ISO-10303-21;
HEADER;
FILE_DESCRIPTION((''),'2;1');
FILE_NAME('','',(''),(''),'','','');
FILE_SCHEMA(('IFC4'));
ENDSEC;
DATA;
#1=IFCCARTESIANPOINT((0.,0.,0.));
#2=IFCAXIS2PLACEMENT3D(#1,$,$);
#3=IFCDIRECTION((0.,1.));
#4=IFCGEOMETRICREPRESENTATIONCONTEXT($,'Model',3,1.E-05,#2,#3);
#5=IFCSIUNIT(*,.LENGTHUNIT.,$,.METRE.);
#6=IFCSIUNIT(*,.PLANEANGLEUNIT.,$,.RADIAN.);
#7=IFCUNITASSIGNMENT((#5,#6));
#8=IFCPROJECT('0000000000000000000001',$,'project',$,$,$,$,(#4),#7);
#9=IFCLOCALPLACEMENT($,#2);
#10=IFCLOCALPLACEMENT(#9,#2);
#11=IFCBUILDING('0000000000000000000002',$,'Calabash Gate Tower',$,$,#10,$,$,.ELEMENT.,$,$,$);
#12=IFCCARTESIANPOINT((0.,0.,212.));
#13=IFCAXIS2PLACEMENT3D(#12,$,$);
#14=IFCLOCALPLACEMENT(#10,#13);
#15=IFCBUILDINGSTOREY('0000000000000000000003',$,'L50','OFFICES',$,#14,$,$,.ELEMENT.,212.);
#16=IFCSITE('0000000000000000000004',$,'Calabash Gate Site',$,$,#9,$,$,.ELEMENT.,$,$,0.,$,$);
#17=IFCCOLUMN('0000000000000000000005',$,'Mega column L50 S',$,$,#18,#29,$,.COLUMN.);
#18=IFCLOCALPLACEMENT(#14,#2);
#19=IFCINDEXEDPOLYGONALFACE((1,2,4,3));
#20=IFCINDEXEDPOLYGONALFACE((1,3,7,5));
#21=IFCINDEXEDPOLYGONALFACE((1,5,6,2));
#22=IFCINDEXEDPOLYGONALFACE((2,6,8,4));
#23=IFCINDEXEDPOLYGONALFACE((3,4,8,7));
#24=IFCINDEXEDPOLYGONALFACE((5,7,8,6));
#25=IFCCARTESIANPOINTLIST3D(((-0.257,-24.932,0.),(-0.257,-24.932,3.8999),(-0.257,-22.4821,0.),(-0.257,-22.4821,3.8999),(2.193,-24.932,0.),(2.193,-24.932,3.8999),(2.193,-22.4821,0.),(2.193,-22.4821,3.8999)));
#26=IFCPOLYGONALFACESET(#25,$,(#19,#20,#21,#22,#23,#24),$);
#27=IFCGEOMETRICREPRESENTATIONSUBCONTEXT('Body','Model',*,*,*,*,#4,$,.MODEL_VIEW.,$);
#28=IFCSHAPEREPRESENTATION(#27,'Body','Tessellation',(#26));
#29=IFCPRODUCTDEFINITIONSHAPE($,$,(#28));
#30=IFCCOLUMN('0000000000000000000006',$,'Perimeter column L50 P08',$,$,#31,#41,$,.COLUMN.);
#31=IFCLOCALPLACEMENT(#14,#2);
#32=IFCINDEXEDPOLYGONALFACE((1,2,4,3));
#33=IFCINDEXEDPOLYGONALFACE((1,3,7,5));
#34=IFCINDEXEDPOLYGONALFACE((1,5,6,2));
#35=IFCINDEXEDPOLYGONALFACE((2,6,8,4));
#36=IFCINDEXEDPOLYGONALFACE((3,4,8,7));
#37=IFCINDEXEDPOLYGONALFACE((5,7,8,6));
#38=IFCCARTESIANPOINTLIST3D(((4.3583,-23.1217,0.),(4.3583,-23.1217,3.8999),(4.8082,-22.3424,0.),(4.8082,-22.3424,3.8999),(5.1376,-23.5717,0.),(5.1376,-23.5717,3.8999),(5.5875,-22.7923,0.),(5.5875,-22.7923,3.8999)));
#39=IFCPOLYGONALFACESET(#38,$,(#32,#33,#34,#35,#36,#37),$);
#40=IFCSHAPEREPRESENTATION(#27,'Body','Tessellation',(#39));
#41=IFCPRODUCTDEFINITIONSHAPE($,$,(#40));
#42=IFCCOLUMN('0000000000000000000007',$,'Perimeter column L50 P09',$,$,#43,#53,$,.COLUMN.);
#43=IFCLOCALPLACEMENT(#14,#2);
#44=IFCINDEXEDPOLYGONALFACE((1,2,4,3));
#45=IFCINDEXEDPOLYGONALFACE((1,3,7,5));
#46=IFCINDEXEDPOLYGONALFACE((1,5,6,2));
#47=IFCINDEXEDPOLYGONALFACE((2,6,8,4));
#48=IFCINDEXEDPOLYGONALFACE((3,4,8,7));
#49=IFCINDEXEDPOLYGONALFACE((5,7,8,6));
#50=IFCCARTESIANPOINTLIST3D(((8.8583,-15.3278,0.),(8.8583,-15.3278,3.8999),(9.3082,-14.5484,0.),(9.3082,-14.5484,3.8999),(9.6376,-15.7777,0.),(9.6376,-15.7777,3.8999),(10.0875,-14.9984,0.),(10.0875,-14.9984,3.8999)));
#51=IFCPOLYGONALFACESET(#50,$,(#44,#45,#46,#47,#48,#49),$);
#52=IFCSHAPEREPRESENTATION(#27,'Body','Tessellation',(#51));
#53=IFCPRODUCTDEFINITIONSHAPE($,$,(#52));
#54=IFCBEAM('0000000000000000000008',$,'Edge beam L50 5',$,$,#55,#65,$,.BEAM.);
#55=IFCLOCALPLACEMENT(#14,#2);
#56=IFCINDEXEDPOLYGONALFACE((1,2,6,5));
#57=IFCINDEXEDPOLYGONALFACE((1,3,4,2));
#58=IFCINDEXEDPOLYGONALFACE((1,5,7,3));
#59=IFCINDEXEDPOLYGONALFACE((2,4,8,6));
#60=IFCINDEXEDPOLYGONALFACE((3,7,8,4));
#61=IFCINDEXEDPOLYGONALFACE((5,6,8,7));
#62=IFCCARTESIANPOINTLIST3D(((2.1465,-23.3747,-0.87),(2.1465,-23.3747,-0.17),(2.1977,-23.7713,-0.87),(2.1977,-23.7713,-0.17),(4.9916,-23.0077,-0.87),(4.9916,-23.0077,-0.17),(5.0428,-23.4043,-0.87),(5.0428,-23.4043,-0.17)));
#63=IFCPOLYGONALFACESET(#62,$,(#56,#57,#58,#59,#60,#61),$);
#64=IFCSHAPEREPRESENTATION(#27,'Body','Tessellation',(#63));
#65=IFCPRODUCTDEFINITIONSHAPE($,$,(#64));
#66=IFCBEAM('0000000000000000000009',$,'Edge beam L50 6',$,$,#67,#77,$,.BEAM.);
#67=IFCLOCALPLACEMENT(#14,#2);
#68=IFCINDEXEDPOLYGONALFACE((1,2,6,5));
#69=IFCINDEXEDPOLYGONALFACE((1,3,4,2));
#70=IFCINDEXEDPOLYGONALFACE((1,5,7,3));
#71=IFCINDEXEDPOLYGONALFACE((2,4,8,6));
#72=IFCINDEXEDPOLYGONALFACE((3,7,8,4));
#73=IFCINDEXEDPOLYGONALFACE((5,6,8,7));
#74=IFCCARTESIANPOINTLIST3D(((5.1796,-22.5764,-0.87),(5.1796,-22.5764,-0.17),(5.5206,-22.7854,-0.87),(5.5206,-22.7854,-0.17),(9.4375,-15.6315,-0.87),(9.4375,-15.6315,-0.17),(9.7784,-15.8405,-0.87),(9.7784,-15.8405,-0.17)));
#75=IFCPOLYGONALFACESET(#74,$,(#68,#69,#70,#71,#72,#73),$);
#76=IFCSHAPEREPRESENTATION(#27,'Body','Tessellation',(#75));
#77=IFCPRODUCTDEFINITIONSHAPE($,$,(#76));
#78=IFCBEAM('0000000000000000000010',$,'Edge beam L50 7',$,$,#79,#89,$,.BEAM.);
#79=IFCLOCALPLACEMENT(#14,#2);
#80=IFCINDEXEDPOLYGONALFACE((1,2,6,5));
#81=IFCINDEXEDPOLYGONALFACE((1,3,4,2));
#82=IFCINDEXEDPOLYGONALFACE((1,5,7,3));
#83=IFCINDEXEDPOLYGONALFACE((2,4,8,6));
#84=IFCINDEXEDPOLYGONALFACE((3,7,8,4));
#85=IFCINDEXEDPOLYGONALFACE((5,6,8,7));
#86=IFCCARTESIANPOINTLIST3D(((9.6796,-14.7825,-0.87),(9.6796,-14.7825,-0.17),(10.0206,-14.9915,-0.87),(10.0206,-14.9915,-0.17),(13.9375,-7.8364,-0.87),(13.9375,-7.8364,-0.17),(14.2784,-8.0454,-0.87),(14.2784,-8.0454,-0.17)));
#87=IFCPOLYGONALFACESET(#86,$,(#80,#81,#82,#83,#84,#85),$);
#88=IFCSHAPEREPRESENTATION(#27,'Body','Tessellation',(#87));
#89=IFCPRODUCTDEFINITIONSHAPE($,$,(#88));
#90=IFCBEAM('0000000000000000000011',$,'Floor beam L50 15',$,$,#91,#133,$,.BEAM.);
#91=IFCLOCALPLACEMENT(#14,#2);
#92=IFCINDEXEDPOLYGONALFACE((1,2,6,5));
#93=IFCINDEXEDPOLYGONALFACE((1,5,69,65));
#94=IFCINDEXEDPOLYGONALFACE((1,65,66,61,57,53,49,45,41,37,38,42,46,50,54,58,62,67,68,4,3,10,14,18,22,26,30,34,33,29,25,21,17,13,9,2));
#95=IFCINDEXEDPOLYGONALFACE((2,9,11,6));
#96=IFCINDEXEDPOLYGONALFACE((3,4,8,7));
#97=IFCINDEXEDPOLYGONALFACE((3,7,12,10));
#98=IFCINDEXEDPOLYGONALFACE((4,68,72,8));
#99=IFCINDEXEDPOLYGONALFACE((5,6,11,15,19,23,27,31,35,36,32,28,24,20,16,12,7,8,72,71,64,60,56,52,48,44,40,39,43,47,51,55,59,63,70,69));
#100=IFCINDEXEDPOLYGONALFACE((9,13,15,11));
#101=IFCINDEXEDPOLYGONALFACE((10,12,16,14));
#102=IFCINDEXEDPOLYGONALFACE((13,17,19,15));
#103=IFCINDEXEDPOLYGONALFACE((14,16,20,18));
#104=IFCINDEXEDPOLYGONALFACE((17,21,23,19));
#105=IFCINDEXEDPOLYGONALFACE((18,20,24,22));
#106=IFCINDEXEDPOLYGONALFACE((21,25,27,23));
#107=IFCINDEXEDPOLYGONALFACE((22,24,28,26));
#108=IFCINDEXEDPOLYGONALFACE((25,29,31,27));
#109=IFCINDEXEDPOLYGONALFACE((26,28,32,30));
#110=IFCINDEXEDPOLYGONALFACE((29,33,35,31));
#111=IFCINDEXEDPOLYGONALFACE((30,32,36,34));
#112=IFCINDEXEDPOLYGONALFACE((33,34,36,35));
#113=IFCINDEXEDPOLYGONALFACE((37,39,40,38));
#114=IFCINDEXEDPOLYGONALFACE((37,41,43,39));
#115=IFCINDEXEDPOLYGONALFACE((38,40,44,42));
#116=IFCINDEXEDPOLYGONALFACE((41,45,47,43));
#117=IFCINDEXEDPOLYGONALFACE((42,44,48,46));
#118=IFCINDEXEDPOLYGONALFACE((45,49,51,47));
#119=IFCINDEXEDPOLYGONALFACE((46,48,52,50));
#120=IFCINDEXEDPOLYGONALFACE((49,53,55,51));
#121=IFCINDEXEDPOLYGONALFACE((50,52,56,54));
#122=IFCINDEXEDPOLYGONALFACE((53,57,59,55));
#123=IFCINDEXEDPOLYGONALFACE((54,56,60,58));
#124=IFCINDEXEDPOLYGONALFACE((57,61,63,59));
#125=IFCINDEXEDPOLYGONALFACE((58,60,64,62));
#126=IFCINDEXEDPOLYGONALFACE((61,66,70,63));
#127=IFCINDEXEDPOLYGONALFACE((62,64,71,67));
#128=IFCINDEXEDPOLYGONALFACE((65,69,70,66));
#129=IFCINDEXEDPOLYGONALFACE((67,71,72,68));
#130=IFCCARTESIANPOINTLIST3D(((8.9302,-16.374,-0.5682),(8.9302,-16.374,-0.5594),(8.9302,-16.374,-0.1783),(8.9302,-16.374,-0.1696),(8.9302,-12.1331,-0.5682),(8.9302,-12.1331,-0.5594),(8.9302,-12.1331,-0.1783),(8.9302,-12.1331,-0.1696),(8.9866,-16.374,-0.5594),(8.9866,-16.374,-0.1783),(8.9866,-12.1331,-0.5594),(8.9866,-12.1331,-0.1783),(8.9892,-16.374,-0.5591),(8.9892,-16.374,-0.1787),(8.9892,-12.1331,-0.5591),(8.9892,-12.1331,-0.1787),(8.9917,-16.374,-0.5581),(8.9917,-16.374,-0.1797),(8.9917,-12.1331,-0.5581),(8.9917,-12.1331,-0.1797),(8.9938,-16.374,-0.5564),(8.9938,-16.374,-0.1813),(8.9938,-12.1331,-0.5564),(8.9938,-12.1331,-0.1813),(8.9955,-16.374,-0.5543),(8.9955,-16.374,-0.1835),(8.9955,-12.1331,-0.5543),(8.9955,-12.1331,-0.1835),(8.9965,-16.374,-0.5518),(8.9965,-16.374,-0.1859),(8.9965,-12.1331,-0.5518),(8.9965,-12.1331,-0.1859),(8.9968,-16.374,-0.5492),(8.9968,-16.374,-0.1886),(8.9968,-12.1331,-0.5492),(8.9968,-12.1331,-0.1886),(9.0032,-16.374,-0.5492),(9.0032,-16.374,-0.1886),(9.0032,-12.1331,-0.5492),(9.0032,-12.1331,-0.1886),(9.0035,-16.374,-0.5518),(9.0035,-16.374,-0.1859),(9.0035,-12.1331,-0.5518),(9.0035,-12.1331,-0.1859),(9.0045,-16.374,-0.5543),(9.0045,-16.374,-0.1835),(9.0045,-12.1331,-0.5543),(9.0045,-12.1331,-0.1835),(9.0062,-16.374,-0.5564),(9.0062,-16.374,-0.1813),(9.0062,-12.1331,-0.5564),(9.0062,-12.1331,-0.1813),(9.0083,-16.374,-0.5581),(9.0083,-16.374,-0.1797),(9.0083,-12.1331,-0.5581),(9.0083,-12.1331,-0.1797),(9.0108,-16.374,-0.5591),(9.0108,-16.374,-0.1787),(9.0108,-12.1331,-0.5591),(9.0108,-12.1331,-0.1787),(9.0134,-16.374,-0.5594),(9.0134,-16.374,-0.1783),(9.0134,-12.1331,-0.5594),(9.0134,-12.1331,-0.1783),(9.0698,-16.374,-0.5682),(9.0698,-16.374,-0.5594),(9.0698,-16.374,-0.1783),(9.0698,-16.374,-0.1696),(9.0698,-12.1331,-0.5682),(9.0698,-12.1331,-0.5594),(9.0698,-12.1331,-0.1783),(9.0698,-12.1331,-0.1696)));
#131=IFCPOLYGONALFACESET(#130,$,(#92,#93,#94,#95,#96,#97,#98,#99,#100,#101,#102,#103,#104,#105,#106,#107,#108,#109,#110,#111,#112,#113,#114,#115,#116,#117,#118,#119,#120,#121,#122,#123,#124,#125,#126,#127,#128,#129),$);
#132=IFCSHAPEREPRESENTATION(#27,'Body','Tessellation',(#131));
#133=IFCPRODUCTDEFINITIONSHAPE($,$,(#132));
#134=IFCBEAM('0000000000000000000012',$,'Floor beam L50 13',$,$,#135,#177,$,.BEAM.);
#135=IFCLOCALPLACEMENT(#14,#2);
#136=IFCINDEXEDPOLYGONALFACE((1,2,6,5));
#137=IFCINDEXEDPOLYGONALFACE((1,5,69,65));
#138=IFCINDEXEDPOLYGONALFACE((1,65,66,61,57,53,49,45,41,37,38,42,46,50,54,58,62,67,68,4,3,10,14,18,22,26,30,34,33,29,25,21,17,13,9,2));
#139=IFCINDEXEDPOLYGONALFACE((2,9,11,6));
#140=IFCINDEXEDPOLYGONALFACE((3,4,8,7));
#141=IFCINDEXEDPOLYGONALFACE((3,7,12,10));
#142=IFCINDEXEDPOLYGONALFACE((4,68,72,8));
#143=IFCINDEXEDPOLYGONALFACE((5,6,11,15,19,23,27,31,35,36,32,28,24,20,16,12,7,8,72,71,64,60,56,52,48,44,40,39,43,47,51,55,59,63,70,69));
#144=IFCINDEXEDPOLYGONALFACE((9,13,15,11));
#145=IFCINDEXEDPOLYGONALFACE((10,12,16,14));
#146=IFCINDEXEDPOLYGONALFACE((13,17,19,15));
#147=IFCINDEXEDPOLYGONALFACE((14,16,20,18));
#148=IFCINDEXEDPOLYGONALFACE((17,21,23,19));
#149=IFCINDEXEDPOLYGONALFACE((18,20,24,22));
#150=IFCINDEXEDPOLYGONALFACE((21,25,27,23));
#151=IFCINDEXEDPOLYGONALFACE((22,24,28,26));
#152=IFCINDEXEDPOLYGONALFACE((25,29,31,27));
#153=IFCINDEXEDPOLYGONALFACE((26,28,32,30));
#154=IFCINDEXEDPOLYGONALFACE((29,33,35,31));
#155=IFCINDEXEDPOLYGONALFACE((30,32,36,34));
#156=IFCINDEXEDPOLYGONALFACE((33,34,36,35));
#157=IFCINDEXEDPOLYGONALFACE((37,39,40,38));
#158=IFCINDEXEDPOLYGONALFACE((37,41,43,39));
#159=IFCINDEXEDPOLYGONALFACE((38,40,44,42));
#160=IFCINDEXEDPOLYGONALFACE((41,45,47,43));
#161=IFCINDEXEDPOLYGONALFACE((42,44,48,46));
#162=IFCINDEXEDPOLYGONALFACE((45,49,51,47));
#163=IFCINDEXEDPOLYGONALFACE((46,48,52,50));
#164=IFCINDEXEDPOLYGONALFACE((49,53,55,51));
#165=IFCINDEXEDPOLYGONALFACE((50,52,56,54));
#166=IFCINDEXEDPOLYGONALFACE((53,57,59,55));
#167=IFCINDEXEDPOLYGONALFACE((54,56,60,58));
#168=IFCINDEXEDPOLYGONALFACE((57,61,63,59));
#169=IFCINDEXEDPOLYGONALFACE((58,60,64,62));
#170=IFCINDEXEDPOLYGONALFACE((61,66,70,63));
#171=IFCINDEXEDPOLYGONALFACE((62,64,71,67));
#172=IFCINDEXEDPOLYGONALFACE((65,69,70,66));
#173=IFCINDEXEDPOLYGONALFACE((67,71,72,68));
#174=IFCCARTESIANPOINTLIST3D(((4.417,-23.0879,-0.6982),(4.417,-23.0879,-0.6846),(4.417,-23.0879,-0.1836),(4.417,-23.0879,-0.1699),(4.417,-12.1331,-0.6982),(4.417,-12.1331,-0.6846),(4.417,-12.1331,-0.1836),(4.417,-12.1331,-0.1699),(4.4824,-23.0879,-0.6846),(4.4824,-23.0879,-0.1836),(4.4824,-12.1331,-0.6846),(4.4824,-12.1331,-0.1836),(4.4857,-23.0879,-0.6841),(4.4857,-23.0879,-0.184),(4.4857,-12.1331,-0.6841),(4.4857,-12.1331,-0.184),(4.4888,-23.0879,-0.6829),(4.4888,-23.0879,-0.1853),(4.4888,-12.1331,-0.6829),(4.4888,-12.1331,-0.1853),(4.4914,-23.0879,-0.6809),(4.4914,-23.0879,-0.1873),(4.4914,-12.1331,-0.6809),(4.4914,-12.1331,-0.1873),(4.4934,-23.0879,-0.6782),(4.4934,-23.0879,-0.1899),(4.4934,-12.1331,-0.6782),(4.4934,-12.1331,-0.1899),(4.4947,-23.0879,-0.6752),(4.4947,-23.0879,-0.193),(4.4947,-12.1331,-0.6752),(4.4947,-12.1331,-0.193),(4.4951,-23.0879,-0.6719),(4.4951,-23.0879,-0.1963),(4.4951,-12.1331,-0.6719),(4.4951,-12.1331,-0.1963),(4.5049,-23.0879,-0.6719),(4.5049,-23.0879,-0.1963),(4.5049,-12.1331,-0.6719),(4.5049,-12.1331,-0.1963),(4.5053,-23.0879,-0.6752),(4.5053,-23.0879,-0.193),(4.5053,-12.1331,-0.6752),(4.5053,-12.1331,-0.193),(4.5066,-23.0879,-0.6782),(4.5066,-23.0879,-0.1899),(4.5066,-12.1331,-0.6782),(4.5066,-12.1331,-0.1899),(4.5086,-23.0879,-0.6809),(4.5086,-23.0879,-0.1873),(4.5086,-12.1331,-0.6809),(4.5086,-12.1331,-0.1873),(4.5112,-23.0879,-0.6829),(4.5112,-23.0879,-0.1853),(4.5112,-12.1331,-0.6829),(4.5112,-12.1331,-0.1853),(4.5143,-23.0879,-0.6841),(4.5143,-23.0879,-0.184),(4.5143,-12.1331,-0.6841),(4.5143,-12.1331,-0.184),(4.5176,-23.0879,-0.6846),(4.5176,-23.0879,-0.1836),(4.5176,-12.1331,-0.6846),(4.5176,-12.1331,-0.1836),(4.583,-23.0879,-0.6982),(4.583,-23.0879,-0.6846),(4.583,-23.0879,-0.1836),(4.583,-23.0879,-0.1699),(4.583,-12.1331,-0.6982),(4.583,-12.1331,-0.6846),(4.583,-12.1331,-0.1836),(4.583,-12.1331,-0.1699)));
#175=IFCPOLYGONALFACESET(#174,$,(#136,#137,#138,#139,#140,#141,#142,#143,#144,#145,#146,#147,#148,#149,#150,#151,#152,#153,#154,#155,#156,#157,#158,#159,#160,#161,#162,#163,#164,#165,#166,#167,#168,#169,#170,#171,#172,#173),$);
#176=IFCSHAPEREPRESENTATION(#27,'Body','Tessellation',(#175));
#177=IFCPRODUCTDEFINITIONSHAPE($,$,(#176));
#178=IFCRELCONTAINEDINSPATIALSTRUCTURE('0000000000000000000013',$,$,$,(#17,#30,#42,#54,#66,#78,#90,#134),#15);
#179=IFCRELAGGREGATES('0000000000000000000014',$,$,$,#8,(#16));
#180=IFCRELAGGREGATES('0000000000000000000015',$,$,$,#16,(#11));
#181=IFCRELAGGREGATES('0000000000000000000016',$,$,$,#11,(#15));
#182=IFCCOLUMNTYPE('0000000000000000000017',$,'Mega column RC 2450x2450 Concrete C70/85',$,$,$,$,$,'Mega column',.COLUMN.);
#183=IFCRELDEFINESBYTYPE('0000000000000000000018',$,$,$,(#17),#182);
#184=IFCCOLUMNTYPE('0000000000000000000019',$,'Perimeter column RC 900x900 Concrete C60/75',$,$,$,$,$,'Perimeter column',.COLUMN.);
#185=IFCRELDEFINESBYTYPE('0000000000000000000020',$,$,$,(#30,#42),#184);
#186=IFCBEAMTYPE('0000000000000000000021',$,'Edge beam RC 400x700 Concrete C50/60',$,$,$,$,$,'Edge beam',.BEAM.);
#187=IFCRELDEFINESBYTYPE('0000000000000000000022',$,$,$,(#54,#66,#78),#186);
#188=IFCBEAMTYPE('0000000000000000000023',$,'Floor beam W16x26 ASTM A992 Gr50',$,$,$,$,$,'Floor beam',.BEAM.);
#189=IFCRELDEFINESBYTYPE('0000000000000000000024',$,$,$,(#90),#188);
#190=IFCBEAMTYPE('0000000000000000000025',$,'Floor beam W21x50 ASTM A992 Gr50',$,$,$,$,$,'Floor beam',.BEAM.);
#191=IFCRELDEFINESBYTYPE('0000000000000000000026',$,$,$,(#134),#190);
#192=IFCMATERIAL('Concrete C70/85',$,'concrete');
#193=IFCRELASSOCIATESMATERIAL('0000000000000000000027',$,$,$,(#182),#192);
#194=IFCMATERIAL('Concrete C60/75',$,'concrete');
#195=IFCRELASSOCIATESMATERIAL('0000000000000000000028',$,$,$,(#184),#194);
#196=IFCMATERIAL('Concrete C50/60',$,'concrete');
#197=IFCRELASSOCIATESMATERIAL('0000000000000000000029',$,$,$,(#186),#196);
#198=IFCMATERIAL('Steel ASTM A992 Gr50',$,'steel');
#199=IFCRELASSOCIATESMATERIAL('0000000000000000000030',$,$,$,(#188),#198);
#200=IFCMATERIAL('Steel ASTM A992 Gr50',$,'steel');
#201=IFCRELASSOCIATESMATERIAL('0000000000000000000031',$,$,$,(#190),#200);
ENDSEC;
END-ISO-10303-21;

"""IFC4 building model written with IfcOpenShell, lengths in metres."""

from ifc_helpers import new_model, si_unit, direction, frame, origin, origin_2d, place, context, subcontext, project, spatial, rectangle, i_section, extrude, material, material_profile, profile_set, type_object, element, save


model = new_model("IFC4")

# Units and contexts
model_context = context("Model", 3, precision=1e-05, world=origin(), true_north=direction((0.0, 1.0)))
body_context = subcontext(model_context, "Body", "Model", "MODEL_VIEW")
ifc_project = project(units=[si_unit("LENGTHUNIT", "METRE"), si_unit("PLANEANGLEUNIT", "RADIAN")], contexts=[model_context])

# Site, building, storey
site_placement = place(None, origin())
site = spatial("IfcSite", under=ifc_project, at=site_placement, Name="Calabash Gate Site", CompositionType="ELEMENT", RefElevation=0.0)
building_placement = place(site_placement, origin())
building = spatial("IfcBuilding", under=site, at=building_placement, Name="Calabash Gate Tower", CompositionType="ELEMENT")
storey_placement = place(building_placement, frame((0.0, 0.0, 212.0)))
storey = spatial("IfcBuildingStorey", under=building, at=storey_placement, Name="L50", Description="OFFICES", CompositionType="ELEMENT", Elevation=212.0)

# Columns
ifc_material_1 = material(Name="Concrete C70/85", Category="concrete")
ifc_material_profile_1 = material_profile(ifc_material_1, rectangle(XDim=2.45, YDim=2.45, at=origin_2d()))
ifc_profile_set_1 = profile_set([ifc_material_profile_1], Name="Concrete C70/85")
column_type_1 = type_object("IfcColumnType", Name="Mega column RC 2450x2450 Concrete C70/85", ElementType="Mega column", PredefinedType="COLUMN", material=ifc_profile_set_1)
column_placement = place(storey_placement, frame((0.968, -23.707, 0.0), z_axis=(0.0, 0.0, 1.0), x_axis=(0.0, 1.0, 0.0)))
element("IfcColumn", 1, at=column_placement, inside=storey, type_object=column_type_1, Name="Mega column L50 S", PredefinedType="COLUMN", context=body_context, shape_type="SweptSolid", body=[
    extrude(rectangle(XDim=2.45, YDim=2.45, at=origin_2d()), origin(), (0.0, 0.0, 1.0), 3.8999),
])
ifc_material_2 = material(Name="Concrete C60/75", Category="concrete")
ifc_material_profile_2 = material_profile(ifc_material_2, rectangle(XDim=0.8999, YDim=0.8999, at=origin_2d()))
ifc_profile_set_2 = profile_set([ifc_material_profile_2], Name="Concrete C60/75")
column_type_2 = type_object("IfcColumnType", Name="Perimeter column RC 900x900 Concrete C60/75", ElementType="Perimeter column", PredefinedType="COLUMN", material=ifc_profile_set_2)
for number, where, z_axis, x_axis, name in (
    (2, (4.9729, -22.957, 0.0), (0.0, 0.0, 1.0), (0.5, 0.866025, 0.0), "Perimeter column L50 P08"),
    (3, (9.4729, -15.1631, 0.0), (0.0, 0.0, 1.0), (0.5, 0.866025, 0.0), "Perimeter column L50 P09"),
):
    element("IfcColumn", number, at=place(storey_placement, frame(where, z_axis=z_axis, x_axis=x_axis)), inside=storey, type_object=column_type_2, Name=name, PredefinedType="COLUMN", context=body_context, shape_type="SweptSolid", body=[
        extrude(rectangle(XDim=0.8999, YDim=0.8999, at=origin_2d()), origin(), (0.0, 0.0, 1.0), 3.8999),
    ])

# Beams
ifc_material_3 = material(Name="Concrete C50/60", Category="concrete")
ifc_material_profile_3 = material_profile(ifc_material_3, rectangle(XDim=0.3999, YDim=0.7, at=origin_2d()))
ifc_profile_set_3 = profile_set([ifc_material_profile_3], Name="Concrete C50/60")
beam_type_1 = type_object("IfcBeamType", Name="Edge beam RC 400x700 Concrete C50/60", ElementType="Edge beam", PredefinedType="BEAM", material=ifc_profile_set_3)
beam_1_placement = place(storey_placement, frame((2.1721, -23.573, -0.52), z_axis=(0.991784, 0.12792, 0.0), x_axis=(-0.12792, 0.991784, 0.0)))
element("IfcBeam", 4, at=beam_1_placement, inside=storey, type_object=beam_type_1, Name="Edge beam L50 5", PredefinedType="BEAM", context=body_context, shape_type="SweptSolid", body=[
    extrude(rectangle(XDim=0.3999, YDim=0.7, at=origin_2d()), origin(), (0.0, 0.0, 1.0), 2.8687),
])
beam_2_placement = place(storey_placement, frame((5.3501, -22.6809, -0.52), z_axis=(0.522679, 0.85253, 0.0), x_axis=(-0.85253, 0.522679, 0.0)))
element("IfcBeam", 5, at=beam_2_placement, inside=storey, type_object=beam_type_1, Name="Edge beam L50 6", PredefinedType="BEAM", context=body_context, shape_type="SweptSolid", body=[
    extrude(rectangle(XDim=0.3999, YDim=0.7, at=origin_2d()), origin(), (0.0, 0.0, 1.0), 8.1462),
])
beam_3_placement = place(storey_placement, frame((9.8501, -14.887, -0.52), z_axis=(0.522612, 0.852571, 0.0), x_axis=(-0.852571, 0.522612, 0.0)))
element("IfcBeam", 6, at=beam_3_placement, inside=storey, type_object=beam_type_1, Name="Edge beam L50 7", PredefinedType="BEAM", context=body_context, shape_type="SweptSolid", body=[
    extrude(rectangle(XDim=0.3999, YDim=0.7, at=origin_2d()), origin(), (0.0, 0.0, 1.0), 8.1472),
])
ifc_material_4 = material(Name="Steel ASTM A992 Gr50", Category="steel")
ifc_material_profile_4 = material_profile(ifc_material_4, i_section(OverallWidth=0.1396, OverallDepth=0.3987, WebThickness=0.0063, FlangeThickness=0.0088, FilletRadius=0.0103, at=origin_2d()))
ifc_profile_set_4 = profile_set([ifc_material_profile_4], Name="Steel ASTM A992 Gr50")
beam_type_2 = type_object("IfcBeamType", Name="Floor beam W16x26 ASTM A992 Gr50", ElementType="Floor beam", PredefinedType="BEAM", material=ifc_profile_set_4)
beam_4_placement = place(storey_placement, frame((9.0, -16.374, -0.3689), z_axis=(0.0, 1.0, 0.0), x_axis=(-1.0, 0.0, 0.0)))
element("IfcBeam", 7, at=beam_4_placement, inside=storey, type_object=beam_type_2, Name="Floor beam L50 15", PredefinedType="BEAM", context=body_context, shape_type="SweptSolid", body=[
    extrude(i_section(OverallWidth=0.1396, OverallDepth=0.3987, WebThickness=0.0063, FlangeThickness=0.0088, FilletRadius=0.0103, at=origin_2d()), origin(), (0.0, 0.0, 1.0), 4.241),
])
ifc_material_5 = material(Name="Steel ASTM A992 Gr50", Category="steel")
ifc_material_profile_5 = material_profile(ifc_material_5, i_section(OverallWidth=0.166, OverallDepth=0.5283, WebThickness=0.0098, FlangeThickness=0.0137, FilletRadius=0.0127, at=origin_2d()))
ifc_profile_set_5 = profile_set([ifc_material_profile_5], Name="Steel ASTM A992 Gr50")
beam_type_3 = type_object("IfcBeamType", Name="Floor beam W21x50 ASTM A992 Gr50", ElementType="Floor beam", PredefinedType="BEAM", material=ifc_profile_set_5)
beam_5_placement = place(storey_placement, frame((4.5, -23.0879, -0.4341), z_axis=(0.0, 1.0, 0.0), x_axis=(-1.0, 0.0, 0.0)))
element("IfcBeam", 8, at=beam_5_placement, inside=storey, type_object=beam_type_3, Name="Floor beam L50 13", PredefinedType="BEAM", context=body_context, shape_type="SweptSolid", body=[
    extrude(i_section(OverallWidth=0.166, OverallDepth=0.5283, WebThickness=0.0098, FlangeThickness=0.0137, FilletRadius=0.0127, at=origin_2d()), origin(), (0.0, 0.0, 1.0), 10.9548),
])

save(model, "model.ifc")
